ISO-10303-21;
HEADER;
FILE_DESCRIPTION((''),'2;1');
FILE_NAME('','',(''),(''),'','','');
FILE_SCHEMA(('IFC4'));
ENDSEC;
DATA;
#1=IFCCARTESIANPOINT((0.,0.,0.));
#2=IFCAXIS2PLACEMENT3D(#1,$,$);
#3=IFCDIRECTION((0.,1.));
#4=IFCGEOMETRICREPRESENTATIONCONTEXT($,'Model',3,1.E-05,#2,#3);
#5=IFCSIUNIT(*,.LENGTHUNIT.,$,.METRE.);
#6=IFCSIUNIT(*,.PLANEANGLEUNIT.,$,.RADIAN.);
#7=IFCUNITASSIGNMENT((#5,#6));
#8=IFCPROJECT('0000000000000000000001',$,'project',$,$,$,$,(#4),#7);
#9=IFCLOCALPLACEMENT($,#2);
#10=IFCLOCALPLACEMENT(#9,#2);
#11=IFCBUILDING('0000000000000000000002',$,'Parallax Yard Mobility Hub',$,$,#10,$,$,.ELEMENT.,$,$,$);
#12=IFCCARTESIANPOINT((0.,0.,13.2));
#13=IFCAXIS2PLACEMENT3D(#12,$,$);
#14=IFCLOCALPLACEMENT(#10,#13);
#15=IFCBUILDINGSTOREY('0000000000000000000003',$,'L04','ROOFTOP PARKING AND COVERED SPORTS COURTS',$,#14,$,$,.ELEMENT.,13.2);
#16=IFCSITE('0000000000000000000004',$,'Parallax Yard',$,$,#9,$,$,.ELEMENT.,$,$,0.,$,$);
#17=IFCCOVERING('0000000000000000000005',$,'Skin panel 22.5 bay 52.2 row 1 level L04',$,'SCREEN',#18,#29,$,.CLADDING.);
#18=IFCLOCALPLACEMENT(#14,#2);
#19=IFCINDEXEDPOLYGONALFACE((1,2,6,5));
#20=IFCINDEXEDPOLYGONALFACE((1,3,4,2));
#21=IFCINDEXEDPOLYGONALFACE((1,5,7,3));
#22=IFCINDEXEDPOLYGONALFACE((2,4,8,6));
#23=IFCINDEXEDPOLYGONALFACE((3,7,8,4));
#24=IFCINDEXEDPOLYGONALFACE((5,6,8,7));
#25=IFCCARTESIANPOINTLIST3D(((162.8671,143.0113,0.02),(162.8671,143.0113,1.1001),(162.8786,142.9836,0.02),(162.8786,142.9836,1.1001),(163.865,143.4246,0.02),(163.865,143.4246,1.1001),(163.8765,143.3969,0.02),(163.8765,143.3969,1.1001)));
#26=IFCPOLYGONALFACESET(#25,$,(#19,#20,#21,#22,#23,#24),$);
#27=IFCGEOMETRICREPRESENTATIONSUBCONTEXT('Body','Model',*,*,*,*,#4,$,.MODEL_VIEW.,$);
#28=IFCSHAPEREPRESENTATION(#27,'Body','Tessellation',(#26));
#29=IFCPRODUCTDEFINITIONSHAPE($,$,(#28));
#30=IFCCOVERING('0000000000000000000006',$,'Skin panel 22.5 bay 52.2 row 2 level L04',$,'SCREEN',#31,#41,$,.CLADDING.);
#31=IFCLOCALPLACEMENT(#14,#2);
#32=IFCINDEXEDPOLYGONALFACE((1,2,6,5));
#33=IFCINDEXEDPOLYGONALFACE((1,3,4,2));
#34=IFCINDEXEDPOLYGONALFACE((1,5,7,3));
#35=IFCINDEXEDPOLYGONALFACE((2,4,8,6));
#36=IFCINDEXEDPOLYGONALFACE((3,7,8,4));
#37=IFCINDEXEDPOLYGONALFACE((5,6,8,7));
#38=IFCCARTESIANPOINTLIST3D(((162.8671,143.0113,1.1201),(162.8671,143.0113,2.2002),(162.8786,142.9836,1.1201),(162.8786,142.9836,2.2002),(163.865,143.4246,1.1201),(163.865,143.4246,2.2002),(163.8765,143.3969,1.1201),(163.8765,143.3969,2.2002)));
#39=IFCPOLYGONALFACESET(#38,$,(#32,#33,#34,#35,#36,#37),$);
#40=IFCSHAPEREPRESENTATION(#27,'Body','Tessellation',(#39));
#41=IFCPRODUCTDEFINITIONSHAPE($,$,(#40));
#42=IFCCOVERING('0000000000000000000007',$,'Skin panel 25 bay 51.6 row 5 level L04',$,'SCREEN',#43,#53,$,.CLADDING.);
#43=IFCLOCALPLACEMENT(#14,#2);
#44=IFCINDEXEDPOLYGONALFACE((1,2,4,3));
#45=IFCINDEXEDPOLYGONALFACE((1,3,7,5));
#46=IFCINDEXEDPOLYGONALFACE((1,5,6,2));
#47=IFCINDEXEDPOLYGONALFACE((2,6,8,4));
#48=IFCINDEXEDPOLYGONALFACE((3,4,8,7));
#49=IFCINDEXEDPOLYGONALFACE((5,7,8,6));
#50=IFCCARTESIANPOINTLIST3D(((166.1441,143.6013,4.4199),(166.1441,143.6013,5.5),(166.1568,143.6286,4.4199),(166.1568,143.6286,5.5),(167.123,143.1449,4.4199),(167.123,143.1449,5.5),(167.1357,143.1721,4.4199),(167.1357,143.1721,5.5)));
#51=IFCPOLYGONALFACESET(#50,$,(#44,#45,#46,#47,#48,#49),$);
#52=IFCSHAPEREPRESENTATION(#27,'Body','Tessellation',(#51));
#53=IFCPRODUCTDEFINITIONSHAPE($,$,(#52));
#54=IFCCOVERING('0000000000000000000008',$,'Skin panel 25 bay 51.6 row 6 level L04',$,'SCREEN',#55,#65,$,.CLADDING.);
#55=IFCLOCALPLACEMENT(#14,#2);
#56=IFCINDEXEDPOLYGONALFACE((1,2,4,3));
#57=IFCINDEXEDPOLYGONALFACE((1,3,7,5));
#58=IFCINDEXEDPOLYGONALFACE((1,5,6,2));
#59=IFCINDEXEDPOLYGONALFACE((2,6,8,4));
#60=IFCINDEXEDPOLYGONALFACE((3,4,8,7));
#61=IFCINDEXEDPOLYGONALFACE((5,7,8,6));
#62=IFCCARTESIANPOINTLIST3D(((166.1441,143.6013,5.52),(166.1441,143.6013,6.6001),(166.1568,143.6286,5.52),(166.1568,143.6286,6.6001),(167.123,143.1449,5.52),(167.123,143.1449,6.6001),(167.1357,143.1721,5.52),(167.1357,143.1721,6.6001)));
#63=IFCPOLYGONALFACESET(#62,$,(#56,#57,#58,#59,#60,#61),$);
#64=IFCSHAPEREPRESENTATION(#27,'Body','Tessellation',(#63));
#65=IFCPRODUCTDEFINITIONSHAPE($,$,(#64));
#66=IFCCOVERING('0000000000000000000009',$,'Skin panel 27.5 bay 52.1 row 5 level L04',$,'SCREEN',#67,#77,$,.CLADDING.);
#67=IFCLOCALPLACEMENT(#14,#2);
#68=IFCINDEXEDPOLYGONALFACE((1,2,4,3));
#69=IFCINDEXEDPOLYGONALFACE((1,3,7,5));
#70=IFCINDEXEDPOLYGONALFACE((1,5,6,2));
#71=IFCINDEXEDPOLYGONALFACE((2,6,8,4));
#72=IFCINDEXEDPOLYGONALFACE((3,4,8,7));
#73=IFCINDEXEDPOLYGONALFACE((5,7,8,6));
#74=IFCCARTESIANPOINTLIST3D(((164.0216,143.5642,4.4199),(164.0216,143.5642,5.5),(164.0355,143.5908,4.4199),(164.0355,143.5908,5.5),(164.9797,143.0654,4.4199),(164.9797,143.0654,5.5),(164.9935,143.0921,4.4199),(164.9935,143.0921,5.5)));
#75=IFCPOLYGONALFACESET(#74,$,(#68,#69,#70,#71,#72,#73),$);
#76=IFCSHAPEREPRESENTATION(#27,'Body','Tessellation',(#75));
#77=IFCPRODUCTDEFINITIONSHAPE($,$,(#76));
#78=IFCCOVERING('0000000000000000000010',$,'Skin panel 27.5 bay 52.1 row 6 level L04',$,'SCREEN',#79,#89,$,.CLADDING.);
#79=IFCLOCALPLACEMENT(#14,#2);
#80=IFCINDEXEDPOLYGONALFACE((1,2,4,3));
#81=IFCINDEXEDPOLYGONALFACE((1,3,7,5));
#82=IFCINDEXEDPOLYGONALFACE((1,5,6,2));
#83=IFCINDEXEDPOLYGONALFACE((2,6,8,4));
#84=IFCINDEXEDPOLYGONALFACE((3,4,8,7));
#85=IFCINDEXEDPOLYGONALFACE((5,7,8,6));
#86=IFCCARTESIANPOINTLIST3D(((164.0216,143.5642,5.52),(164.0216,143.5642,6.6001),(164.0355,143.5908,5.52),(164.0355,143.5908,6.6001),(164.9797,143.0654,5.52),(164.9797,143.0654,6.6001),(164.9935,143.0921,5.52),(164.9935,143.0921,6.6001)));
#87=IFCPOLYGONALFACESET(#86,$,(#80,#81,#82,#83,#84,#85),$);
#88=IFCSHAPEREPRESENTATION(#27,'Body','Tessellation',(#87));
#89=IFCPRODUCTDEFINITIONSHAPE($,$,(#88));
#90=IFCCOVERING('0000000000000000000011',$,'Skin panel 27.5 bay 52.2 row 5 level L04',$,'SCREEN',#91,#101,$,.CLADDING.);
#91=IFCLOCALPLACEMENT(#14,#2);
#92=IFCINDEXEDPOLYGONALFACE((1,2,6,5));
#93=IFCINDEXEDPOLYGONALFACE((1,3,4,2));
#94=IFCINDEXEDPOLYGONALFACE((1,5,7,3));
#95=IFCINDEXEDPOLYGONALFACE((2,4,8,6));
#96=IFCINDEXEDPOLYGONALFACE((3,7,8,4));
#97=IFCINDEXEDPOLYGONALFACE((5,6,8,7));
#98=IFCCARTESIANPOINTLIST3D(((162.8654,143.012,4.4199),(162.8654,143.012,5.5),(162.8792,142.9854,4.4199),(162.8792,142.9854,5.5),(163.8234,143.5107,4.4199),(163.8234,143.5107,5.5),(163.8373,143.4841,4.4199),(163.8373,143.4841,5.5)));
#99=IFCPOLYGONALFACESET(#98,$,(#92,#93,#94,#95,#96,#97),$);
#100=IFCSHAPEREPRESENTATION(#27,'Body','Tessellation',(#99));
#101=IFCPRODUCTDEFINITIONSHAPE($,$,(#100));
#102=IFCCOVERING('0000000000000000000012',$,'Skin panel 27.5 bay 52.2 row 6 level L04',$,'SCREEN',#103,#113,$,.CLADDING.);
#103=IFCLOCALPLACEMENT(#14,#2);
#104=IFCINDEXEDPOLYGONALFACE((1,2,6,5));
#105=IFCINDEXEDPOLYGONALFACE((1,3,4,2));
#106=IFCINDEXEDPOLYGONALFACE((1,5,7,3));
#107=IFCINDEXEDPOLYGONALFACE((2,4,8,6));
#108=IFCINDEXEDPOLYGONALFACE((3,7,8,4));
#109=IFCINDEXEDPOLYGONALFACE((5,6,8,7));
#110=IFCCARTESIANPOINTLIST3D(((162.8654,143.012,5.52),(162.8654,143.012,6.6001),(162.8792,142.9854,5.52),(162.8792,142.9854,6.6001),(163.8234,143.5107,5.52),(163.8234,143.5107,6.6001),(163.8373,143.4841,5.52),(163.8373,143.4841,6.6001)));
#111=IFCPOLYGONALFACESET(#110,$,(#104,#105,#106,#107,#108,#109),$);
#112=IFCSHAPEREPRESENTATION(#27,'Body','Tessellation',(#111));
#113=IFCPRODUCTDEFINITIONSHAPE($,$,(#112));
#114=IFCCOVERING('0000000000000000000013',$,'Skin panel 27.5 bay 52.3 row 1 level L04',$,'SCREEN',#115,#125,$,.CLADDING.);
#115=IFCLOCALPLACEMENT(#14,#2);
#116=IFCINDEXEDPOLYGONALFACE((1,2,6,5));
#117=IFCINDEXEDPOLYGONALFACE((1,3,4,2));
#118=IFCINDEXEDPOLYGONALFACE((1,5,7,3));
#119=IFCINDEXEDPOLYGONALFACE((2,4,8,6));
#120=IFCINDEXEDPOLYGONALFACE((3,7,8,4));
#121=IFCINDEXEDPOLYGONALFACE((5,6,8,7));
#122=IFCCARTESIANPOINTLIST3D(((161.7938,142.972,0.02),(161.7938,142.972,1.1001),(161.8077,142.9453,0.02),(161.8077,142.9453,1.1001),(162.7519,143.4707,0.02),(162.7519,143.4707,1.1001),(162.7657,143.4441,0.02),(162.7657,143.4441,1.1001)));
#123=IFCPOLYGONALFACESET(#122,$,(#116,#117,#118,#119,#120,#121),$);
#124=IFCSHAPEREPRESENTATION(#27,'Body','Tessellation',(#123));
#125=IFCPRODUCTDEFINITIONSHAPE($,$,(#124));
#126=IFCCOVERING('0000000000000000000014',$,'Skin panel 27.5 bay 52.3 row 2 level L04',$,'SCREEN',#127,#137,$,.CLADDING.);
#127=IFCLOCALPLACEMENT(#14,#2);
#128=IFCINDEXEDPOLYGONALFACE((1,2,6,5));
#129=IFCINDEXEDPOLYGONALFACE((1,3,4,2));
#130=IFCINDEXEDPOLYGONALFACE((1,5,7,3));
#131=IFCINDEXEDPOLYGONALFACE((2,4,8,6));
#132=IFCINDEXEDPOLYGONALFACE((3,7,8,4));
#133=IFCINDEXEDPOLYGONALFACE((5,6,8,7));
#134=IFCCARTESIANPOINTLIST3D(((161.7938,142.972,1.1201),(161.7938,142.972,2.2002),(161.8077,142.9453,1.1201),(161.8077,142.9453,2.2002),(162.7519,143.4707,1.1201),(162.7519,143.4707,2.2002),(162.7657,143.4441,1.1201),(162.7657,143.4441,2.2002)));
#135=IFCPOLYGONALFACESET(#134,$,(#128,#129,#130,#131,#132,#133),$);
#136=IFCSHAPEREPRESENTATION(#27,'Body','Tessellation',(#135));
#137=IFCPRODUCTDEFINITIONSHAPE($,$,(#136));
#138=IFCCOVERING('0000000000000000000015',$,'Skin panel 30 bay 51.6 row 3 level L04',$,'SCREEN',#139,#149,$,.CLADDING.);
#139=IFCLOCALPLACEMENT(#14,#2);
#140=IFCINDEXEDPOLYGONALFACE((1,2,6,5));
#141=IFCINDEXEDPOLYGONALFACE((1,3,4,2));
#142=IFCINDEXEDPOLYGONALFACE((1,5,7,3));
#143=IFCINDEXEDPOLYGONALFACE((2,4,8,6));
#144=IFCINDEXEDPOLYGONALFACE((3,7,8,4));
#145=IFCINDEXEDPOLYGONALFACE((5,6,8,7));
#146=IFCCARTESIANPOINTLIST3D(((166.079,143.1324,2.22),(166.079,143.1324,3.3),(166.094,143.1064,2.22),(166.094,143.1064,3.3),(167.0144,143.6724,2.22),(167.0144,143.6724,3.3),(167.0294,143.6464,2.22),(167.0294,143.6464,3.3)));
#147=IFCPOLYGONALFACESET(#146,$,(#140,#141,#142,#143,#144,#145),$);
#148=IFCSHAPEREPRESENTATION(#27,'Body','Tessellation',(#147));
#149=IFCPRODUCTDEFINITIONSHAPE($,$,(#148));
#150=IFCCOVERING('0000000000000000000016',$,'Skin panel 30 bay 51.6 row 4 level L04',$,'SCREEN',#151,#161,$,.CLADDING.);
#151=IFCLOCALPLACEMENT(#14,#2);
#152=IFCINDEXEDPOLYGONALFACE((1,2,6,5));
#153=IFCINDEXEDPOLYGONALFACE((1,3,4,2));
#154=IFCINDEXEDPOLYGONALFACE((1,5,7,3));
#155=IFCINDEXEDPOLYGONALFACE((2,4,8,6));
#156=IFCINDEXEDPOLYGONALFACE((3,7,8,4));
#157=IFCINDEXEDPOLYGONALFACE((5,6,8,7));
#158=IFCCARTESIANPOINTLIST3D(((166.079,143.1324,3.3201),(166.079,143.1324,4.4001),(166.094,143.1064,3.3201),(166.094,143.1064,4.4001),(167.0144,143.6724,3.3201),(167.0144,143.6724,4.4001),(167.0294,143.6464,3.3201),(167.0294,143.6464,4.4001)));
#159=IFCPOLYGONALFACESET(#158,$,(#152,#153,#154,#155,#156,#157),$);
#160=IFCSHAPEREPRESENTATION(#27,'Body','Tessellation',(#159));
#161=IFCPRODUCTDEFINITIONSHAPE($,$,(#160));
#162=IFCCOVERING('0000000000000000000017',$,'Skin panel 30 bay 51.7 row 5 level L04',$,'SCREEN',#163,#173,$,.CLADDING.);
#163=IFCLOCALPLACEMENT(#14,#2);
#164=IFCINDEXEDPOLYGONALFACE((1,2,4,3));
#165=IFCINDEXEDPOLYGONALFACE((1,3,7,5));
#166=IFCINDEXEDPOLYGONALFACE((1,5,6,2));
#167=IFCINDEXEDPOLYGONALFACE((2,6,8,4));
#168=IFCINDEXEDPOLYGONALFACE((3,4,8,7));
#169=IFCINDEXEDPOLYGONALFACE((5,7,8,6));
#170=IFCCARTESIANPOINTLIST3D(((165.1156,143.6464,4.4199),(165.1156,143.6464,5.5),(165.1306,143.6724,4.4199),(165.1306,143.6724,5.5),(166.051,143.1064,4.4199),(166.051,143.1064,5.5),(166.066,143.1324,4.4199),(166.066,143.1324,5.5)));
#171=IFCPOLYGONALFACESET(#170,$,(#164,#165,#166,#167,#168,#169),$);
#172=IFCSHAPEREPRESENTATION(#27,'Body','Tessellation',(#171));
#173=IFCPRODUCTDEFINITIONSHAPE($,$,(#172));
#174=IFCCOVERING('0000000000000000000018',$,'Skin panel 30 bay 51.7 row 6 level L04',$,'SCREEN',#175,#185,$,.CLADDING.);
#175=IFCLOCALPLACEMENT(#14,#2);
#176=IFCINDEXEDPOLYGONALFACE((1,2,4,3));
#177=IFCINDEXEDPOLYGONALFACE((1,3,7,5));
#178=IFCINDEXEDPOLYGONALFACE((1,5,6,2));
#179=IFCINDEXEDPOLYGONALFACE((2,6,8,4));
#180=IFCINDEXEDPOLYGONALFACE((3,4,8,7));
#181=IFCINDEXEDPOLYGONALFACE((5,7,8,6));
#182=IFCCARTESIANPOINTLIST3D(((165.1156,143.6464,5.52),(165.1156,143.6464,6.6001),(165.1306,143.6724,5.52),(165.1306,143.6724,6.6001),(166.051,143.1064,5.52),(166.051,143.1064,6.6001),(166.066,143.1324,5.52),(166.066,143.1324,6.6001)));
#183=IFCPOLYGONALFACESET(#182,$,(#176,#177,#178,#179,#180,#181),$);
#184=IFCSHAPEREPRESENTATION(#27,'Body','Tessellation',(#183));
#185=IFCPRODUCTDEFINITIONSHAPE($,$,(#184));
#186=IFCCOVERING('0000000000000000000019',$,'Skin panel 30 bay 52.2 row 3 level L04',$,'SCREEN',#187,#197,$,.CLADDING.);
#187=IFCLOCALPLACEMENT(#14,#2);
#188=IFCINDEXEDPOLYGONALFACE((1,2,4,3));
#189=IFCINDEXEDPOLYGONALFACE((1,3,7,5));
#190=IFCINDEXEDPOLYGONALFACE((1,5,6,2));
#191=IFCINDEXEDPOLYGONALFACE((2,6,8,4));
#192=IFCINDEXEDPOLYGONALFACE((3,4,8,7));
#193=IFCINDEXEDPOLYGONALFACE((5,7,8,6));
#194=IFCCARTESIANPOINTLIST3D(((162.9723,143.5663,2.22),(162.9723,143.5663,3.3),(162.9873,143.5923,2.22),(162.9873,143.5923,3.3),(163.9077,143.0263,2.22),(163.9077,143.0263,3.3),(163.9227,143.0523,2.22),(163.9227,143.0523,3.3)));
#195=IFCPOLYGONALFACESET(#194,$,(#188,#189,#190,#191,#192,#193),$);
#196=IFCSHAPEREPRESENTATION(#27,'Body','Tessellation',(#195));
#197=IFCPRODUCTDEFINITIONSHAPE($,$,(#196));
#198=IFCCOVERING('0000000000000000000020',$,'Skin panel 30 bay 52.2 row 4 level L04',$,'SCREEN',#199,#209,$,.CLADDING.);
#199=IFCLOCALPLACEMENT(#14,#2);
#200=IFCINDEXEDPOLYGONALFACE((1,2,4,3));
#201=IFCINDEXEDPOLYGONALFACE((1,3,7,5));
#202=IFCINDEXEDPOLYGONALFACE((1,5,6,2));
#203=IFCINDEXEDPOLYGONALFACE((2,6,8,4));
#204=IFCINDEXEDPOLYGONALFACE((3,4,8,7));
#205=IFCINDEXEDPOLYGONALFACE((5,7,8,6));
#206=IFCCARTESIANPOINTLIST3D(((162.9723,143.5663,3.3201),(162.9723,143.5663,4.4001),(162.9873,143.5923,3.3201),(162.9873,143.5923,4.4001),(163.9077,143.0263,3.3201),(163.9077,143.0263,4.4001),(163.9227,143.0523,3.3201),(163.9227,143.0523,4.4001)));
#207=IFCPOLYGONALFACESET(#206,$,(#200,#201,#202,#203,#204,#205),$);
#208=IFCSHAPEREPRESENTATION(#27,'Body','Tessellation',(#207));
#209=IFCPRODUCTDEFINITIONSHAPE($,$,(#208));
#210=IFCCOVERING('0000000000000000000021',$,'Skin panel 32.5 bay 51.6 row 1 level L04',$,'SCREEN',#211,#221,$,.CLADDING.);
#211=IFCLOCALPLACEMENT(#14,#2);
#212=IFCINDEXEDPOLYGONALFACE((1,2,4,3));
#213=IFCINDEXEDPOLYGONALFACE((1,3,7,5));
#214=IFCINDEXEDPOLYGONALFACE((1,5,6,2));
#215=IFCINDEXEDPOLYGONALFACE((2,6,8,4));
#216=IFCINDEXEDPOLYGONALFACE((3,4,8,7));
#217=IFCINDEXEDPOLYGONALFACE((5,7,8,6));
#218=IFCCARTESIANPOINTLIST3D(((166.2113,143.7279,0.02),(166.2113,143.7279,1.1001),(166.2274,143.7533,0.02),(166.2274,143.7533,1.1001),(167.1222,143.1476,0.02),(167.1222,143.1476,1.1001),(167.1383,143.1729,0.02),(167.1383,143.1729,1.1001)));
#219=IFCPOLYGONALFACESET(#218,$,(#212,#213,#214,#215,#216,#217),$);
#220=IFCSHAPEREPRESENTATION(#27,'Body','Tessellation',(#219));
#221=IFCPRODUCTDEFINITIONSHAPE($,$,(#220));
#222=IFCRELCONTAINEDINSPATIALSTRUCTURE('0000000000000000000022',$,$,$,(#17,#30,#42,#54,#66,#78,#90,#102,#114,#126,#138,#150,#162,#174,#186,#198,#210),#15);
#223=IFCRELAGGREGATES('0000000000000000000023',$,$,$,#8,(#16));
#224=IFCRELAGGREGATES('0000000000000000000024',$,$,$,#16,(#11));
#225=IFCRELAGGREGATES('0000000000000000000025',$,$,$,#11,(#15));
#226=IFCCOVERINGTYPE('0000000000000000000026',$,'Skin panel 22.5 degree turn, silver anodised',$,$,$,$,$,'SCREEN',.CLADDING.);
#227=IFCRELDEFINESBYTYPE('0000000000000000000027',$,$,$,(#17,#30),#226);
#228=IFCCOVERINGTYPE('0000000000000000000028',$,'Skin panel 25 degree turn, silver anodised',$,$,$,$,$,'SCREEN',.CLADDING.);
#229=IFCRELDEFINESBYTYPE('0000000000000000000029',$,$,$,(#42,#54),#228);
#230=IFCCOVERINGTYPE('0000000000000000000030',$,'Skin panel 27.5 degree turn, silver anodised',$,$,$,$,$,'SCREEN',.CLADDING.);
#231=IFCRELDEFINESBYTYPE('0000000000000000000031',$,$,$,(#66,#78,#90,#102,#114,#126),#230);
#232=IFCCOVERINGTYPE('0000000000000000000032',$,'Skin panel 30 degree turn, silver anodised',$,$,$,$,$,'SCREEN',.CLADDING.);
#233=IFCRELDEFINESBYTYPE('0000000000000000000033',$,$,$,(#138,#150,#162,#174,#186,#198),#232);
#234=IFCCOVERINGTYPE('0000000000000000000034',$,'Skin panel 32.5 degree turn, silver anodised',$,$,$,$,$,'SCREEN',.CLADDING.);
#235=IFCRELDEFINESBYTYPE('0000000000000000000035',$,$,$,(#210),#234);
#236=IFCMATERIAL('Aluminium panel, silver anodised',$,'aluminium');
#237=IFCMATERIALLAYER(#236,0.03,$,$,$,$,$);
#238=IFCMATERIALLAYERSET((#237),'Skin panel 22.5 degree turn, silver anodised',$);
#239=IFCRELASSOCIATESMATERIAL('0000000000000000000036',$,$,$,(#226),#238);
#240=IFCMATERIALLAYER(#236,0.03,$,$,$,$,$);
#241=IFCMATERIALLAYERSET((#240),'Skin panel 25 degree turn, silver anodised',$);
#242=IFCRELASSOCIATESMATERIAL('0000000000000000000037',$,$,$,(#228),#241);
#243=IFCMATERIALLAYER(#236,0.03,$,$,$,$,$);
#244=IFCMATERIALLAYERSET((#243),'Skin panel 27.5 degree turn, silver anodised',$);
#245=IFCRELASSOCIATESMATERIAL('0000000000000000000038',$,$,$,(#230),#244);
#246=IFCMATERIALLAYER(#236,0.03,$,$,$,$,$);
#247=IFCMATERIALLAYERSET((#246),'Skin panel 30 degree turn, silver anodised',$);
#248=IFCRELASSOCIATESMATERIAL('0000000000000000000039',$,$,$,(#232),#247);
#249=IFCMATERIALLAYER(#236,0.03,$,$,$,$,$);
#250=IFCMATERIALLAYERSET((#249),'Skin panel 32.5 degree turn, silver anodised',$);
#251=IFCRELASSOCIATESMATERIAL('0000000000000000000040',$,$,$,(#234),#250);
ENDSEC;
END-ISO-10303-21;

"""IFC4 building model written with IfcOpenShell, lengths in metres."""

from ifc_helpers import new_model, si_unit, direction, frame, origin, origin_2d, place, context, subcontext, project, spatial, rectangle, extrude, material, layer, layer_set, type_object, element, save


model = new_model("IFC4")

# Units and contexts
model_context = context("Model", 3, precision=1e-05, world=origin(), true_north=direction((0.0, 1.0)))
body_context = subcontext(model_context, "Body", "Model", "MODEL_VIEW")
ifc_project = project(units=[si_unit("LENGTHUNIT", "METRE"), si_unit("PLANEANGLEUNIT", "RADIAN")], contexts=[model_context])

# Site, building, storey
site_placement = place(None, origin())
site = spatial("IfcSite", under=ifc_project, at=site_placement, Name="Parallax Yard", CompositionType="ELEMENT", RefElevation=0.0)
building_placement = place(site_placement, origin())
building = spatial("IfcBuilding", under=site, at=building_placement, Name="Parallax Yard Mobility Hub", CompositionType="ELEMENT")
storey_placement = place(building_placement, frame((0.0, 0.0, 13.2)))
storey = spatial("IfcBuildingStorey", under=building, at=storey_placement, Name="L04", Description="ROOFTOP PARKING AND COVERED SPORTS COURTS", CompositionType="ELEMENT", Elevation=13.2)

# Coverings
ifc_material_1 = material(Name="Aluminium panel, silver anodised", Category="aluminium")
ifc_layer_1 = layer(ifc_material_1, 0.03)
ifc_layer_set_1 = layer_set([ifc_layer_1], Name="Skin panel 22.5 degree turn, silver anodised")
covering_type_1 = type_object("IfcCoveringType", Name="Skin panel 22.5 degree turn, silver anodised", ElementType="SCREEN", PredefinedType="CLADDING", material=ifc_layer_set_1)
for number, where, z_axis, x_axis, name in (
    (1, (163.3718, 143.2041, 0.02), (0.0, 0.0, 1.0), (0.92388, 0.382683, 0.0), "Skin panel 22.5 bay 52.2 row 1 level L04"),
    (2, (163.3718, 143.2041, 1.1201), (0.0, 0.0, 1.0), (0.92388, 0.382683, 0.0), "Skin panel 22.5 bay 52.2 row 2 level L04"),
):
    element("IfcCovering", number, at=place(storey_placement, frame(where, z_axis=z_axis, x_axis=x_axis)), inside=storey, type_object=covering_type_1, Name=name, ObjectType="SCREEN", PredefinedType="CLADDING", context=body_context, shape_type="SweptSolid", body=[
        extrude(rectangle(XDim=1.0801, YDim=0.03, at=origin_2d()), origin(), (0.0, 0.0, 1.0), 1.0801),
    ])
ifc_layer_2 = layer(ifc_material_1, 0.03)
ifc_layer_set_2 = layer_set([ifc_layer_2], Name="Skin panel 25 degree turn, silver anodised")
covering_type_2 = type_object("IfcCoveringType", Name="Skin panel 25 degree turn, silver anodised", ElementType="SCREEN", PredefinedType="CLADDING", material=ifc_layer_set_2)
for number, where, z_axis, x_axis, name in (
    (3, (166.6399, 143.3867, 4.4199), (0.0, 0.0, 1.0), (-0.906308, 0.422618, 0.0), "Skin panel 25 bay 51.6 row 5 level L04"),
    (4, (166.6399, 143.3867, 5.52), (0.0, 0.0, 1.0), (-0.906308, 0.422618, 0.0), "Skin panel 25 bay 51.6 row 6 level L04"),
):
    element("IfcCovering", number, at=place(storey_placement, frame(where, z_axis=z_axis, x_axis=x_axis)), inside=storey, type_object=covering_type_2, Name=name, ObjectType="SCREEN", PredefinedType="CLADDING", context=body_context, shape_type="SweptSolid", body=[
        extrude(rectangle(XDim=1.0801, YDim=0.03, at=origin_2d()), origin(), (0.0, 0.0, 1.0), 1.0801),
    ])
ifc_layer_3 = layer(ifc_material_1, 0.03)
ifc_layer_set_3 = layer_set([ifc_layer_3], Name="Skin panel 27.5 degree turn, silver anodised")
covering_type_3 = type_object("IfcCoveringType", Name="Skin panel 27.5 degree turn, silver anodised", ElementType="SCREEN", PredefinedType="CLADDING", material=ifc_layer_set_3)
for number, where, z_axis, x_axis, name in (
    (5, (164.5076, 143.3281, 4.4199), (0.0, 0.0, 1.0), (-0.887011, 0.461749, 0.0), "Skin panel 27.5 bay 52.1 row 5 level L04"),
    (6, (164.5076, 143.3281, 5.52), (0.0, 0.0, 1.0), (-0.887011, 0.461749, 0.0), "Skin panel 27.5 bay 52.1 row 6 level L04"),
    (7, (163.3513, 143.248, 4.4199), (0.0, 0.0, 1.0), (0.887011, 0.461749, 0.0), "Skin panel 27.5 bay 52.2 row 5 level L04"),
    (8, (163.3513, 143.248, 5.52), (0.0, 0.0, 1.0), (0.887011, 0.461749, 0.0), "Skin panel 27.5 bay 52.2 row 6 level L04"),
    (9, (162.2798, 143.208, 0.02), (0.0, 0.0, 1.0), (0.887011, 0.461749, 0.0), "Skin panel 27.5 bay 52.3 row 1 level L04"),
    (10, (162.2798, 143.208, 1.1201), (0.0, 0.0, 1.0), (0.887011, 0.461749, 0.0), "Skin panel 27.5 bay 52.3 row 2 level L04"),
):
    element("IfcCovering", number, at=place(storey_placement, frame(where, z_axis=z_axis, x_axis=x_axis)), inside=storey, type_object=covering_type_3, Name=name, ObjectType="SCREEN", PredefinedType="CLADDING", context=body_context, shape_type="SweptSolid", body=[
        extrude(rectangle(XDim=1.0801, YDim=0.03, at=origin_2d()), origin(), (0.0, 0.0, 1.0), 1.0801),
    ])
ifc_layer_4 = layer(ifc_material_1, 0.03)
ifc_layer_set_4 = layer_set([ifc_layer_4], Name="Skin panel 30 degree turn, silver anodised")
covering_type_4 = type_object("IfcCoveringType", Name="Skin panel 30 degree turn, silver anodised", ElementType="SCREEN", PredefinedType="CLADDING", material=ifc_layer_set_4)
for number, where, z_axis, x_axis, name in (
    (11, (166.5542, 143.3894, 2.22), (0.0, 0.0, 1.0), (0.866025, 0.5, 0.0), "Skin panel 30 bay 51.6 row 3 level L04"),
    (12, (166.5542, 143.3894, 3.3201), (0.0, 0.0, 1.0), (0.866025, 0.5, 0.0), "Skin panel 30 bay 51.6 row 4 level L04"),
    (13, (165.5908, 143.3894, 4.4199), (0.0, 0.0, 1.0), (-0.866025, 0.5, 0.0), "Skin panel 30 bay 51.7 row 5 level L04"),
    (14, (165.5908, 143.3894, 5.52), (0.0, 0.0, 1.0), (-0.866025, 0.5, 0.0), "Skin panel 30 bay 51.7 row 6 level L04"),
    (15, (163.4475, 143.3093, 2.22), (0.0, 0.0, 1.0), (-0.866025, 0.5, 0.0), "Skin panel 30 bay 52.2 row 3 level L04"),
    (16, (163.4475, 143.3093, 3.3201), (0.0, 0.0, 1.0), (-0.866025, 0.5, 0.0), "Skin panel 30 bay 52.2 row 4 level L04"),
):
    element("IfcCovering", number, at=place(storey_placement, frame(where, z_axis=z_axis, x_axis=x_axis)), inside=storey, type_object=covering_type_4, Name=name, ObjectType="SCREEN", PredefinedType="CLADDING", context=body_context, shape_type="SweptSolid", body=[
        extrude(rectangle(XDim=1.0801, YDim=0.03, at=origin_2d()), origin(), (0.0, 0.0, 1.0), 1.0801),
    ])
ifc_layer_5 = layer(ifc_material_1, 0.03)
ifc_layer_set_5 = layer_set([ifc_layer_5], Name="Skin panel 32.5 degree turn, silver anodised")
covering_type_5 = type_object("IfcCoveringType", Name="Skin panel 32.5 degree turn, silver anodised", ElementType="SCREEN", PredefinedType="CLADDING", material=ifc_layer_set_5)
for number, where, z_axis, x_axis, name in (
    (17, (166.6748, 143.4504, 0.02), (0.0, 0.0, 1.0), (-0.843391, 0.5373, 0.0), "Skin panel 32.5 bay 51.6 row 1 level L04"),
):
    element("IfcCovering", number, at=place(storey_placement, frame(where, z_axis=z_axis, x_axis=x_axis)), inside=storey, type_object=covering_type_5, Name=name, ObjectType="SCREEN", PredefinedType="CLADDING", context=body_context, shape_type="SweptSolid", body=[
        extrude(rectangle(XDim=1.0801, YDim=0.03, at=origin_2d()), origin(), (0.0, 0.0, 1.0), 1.0801),
    ])

save(model, "model.ifc")
